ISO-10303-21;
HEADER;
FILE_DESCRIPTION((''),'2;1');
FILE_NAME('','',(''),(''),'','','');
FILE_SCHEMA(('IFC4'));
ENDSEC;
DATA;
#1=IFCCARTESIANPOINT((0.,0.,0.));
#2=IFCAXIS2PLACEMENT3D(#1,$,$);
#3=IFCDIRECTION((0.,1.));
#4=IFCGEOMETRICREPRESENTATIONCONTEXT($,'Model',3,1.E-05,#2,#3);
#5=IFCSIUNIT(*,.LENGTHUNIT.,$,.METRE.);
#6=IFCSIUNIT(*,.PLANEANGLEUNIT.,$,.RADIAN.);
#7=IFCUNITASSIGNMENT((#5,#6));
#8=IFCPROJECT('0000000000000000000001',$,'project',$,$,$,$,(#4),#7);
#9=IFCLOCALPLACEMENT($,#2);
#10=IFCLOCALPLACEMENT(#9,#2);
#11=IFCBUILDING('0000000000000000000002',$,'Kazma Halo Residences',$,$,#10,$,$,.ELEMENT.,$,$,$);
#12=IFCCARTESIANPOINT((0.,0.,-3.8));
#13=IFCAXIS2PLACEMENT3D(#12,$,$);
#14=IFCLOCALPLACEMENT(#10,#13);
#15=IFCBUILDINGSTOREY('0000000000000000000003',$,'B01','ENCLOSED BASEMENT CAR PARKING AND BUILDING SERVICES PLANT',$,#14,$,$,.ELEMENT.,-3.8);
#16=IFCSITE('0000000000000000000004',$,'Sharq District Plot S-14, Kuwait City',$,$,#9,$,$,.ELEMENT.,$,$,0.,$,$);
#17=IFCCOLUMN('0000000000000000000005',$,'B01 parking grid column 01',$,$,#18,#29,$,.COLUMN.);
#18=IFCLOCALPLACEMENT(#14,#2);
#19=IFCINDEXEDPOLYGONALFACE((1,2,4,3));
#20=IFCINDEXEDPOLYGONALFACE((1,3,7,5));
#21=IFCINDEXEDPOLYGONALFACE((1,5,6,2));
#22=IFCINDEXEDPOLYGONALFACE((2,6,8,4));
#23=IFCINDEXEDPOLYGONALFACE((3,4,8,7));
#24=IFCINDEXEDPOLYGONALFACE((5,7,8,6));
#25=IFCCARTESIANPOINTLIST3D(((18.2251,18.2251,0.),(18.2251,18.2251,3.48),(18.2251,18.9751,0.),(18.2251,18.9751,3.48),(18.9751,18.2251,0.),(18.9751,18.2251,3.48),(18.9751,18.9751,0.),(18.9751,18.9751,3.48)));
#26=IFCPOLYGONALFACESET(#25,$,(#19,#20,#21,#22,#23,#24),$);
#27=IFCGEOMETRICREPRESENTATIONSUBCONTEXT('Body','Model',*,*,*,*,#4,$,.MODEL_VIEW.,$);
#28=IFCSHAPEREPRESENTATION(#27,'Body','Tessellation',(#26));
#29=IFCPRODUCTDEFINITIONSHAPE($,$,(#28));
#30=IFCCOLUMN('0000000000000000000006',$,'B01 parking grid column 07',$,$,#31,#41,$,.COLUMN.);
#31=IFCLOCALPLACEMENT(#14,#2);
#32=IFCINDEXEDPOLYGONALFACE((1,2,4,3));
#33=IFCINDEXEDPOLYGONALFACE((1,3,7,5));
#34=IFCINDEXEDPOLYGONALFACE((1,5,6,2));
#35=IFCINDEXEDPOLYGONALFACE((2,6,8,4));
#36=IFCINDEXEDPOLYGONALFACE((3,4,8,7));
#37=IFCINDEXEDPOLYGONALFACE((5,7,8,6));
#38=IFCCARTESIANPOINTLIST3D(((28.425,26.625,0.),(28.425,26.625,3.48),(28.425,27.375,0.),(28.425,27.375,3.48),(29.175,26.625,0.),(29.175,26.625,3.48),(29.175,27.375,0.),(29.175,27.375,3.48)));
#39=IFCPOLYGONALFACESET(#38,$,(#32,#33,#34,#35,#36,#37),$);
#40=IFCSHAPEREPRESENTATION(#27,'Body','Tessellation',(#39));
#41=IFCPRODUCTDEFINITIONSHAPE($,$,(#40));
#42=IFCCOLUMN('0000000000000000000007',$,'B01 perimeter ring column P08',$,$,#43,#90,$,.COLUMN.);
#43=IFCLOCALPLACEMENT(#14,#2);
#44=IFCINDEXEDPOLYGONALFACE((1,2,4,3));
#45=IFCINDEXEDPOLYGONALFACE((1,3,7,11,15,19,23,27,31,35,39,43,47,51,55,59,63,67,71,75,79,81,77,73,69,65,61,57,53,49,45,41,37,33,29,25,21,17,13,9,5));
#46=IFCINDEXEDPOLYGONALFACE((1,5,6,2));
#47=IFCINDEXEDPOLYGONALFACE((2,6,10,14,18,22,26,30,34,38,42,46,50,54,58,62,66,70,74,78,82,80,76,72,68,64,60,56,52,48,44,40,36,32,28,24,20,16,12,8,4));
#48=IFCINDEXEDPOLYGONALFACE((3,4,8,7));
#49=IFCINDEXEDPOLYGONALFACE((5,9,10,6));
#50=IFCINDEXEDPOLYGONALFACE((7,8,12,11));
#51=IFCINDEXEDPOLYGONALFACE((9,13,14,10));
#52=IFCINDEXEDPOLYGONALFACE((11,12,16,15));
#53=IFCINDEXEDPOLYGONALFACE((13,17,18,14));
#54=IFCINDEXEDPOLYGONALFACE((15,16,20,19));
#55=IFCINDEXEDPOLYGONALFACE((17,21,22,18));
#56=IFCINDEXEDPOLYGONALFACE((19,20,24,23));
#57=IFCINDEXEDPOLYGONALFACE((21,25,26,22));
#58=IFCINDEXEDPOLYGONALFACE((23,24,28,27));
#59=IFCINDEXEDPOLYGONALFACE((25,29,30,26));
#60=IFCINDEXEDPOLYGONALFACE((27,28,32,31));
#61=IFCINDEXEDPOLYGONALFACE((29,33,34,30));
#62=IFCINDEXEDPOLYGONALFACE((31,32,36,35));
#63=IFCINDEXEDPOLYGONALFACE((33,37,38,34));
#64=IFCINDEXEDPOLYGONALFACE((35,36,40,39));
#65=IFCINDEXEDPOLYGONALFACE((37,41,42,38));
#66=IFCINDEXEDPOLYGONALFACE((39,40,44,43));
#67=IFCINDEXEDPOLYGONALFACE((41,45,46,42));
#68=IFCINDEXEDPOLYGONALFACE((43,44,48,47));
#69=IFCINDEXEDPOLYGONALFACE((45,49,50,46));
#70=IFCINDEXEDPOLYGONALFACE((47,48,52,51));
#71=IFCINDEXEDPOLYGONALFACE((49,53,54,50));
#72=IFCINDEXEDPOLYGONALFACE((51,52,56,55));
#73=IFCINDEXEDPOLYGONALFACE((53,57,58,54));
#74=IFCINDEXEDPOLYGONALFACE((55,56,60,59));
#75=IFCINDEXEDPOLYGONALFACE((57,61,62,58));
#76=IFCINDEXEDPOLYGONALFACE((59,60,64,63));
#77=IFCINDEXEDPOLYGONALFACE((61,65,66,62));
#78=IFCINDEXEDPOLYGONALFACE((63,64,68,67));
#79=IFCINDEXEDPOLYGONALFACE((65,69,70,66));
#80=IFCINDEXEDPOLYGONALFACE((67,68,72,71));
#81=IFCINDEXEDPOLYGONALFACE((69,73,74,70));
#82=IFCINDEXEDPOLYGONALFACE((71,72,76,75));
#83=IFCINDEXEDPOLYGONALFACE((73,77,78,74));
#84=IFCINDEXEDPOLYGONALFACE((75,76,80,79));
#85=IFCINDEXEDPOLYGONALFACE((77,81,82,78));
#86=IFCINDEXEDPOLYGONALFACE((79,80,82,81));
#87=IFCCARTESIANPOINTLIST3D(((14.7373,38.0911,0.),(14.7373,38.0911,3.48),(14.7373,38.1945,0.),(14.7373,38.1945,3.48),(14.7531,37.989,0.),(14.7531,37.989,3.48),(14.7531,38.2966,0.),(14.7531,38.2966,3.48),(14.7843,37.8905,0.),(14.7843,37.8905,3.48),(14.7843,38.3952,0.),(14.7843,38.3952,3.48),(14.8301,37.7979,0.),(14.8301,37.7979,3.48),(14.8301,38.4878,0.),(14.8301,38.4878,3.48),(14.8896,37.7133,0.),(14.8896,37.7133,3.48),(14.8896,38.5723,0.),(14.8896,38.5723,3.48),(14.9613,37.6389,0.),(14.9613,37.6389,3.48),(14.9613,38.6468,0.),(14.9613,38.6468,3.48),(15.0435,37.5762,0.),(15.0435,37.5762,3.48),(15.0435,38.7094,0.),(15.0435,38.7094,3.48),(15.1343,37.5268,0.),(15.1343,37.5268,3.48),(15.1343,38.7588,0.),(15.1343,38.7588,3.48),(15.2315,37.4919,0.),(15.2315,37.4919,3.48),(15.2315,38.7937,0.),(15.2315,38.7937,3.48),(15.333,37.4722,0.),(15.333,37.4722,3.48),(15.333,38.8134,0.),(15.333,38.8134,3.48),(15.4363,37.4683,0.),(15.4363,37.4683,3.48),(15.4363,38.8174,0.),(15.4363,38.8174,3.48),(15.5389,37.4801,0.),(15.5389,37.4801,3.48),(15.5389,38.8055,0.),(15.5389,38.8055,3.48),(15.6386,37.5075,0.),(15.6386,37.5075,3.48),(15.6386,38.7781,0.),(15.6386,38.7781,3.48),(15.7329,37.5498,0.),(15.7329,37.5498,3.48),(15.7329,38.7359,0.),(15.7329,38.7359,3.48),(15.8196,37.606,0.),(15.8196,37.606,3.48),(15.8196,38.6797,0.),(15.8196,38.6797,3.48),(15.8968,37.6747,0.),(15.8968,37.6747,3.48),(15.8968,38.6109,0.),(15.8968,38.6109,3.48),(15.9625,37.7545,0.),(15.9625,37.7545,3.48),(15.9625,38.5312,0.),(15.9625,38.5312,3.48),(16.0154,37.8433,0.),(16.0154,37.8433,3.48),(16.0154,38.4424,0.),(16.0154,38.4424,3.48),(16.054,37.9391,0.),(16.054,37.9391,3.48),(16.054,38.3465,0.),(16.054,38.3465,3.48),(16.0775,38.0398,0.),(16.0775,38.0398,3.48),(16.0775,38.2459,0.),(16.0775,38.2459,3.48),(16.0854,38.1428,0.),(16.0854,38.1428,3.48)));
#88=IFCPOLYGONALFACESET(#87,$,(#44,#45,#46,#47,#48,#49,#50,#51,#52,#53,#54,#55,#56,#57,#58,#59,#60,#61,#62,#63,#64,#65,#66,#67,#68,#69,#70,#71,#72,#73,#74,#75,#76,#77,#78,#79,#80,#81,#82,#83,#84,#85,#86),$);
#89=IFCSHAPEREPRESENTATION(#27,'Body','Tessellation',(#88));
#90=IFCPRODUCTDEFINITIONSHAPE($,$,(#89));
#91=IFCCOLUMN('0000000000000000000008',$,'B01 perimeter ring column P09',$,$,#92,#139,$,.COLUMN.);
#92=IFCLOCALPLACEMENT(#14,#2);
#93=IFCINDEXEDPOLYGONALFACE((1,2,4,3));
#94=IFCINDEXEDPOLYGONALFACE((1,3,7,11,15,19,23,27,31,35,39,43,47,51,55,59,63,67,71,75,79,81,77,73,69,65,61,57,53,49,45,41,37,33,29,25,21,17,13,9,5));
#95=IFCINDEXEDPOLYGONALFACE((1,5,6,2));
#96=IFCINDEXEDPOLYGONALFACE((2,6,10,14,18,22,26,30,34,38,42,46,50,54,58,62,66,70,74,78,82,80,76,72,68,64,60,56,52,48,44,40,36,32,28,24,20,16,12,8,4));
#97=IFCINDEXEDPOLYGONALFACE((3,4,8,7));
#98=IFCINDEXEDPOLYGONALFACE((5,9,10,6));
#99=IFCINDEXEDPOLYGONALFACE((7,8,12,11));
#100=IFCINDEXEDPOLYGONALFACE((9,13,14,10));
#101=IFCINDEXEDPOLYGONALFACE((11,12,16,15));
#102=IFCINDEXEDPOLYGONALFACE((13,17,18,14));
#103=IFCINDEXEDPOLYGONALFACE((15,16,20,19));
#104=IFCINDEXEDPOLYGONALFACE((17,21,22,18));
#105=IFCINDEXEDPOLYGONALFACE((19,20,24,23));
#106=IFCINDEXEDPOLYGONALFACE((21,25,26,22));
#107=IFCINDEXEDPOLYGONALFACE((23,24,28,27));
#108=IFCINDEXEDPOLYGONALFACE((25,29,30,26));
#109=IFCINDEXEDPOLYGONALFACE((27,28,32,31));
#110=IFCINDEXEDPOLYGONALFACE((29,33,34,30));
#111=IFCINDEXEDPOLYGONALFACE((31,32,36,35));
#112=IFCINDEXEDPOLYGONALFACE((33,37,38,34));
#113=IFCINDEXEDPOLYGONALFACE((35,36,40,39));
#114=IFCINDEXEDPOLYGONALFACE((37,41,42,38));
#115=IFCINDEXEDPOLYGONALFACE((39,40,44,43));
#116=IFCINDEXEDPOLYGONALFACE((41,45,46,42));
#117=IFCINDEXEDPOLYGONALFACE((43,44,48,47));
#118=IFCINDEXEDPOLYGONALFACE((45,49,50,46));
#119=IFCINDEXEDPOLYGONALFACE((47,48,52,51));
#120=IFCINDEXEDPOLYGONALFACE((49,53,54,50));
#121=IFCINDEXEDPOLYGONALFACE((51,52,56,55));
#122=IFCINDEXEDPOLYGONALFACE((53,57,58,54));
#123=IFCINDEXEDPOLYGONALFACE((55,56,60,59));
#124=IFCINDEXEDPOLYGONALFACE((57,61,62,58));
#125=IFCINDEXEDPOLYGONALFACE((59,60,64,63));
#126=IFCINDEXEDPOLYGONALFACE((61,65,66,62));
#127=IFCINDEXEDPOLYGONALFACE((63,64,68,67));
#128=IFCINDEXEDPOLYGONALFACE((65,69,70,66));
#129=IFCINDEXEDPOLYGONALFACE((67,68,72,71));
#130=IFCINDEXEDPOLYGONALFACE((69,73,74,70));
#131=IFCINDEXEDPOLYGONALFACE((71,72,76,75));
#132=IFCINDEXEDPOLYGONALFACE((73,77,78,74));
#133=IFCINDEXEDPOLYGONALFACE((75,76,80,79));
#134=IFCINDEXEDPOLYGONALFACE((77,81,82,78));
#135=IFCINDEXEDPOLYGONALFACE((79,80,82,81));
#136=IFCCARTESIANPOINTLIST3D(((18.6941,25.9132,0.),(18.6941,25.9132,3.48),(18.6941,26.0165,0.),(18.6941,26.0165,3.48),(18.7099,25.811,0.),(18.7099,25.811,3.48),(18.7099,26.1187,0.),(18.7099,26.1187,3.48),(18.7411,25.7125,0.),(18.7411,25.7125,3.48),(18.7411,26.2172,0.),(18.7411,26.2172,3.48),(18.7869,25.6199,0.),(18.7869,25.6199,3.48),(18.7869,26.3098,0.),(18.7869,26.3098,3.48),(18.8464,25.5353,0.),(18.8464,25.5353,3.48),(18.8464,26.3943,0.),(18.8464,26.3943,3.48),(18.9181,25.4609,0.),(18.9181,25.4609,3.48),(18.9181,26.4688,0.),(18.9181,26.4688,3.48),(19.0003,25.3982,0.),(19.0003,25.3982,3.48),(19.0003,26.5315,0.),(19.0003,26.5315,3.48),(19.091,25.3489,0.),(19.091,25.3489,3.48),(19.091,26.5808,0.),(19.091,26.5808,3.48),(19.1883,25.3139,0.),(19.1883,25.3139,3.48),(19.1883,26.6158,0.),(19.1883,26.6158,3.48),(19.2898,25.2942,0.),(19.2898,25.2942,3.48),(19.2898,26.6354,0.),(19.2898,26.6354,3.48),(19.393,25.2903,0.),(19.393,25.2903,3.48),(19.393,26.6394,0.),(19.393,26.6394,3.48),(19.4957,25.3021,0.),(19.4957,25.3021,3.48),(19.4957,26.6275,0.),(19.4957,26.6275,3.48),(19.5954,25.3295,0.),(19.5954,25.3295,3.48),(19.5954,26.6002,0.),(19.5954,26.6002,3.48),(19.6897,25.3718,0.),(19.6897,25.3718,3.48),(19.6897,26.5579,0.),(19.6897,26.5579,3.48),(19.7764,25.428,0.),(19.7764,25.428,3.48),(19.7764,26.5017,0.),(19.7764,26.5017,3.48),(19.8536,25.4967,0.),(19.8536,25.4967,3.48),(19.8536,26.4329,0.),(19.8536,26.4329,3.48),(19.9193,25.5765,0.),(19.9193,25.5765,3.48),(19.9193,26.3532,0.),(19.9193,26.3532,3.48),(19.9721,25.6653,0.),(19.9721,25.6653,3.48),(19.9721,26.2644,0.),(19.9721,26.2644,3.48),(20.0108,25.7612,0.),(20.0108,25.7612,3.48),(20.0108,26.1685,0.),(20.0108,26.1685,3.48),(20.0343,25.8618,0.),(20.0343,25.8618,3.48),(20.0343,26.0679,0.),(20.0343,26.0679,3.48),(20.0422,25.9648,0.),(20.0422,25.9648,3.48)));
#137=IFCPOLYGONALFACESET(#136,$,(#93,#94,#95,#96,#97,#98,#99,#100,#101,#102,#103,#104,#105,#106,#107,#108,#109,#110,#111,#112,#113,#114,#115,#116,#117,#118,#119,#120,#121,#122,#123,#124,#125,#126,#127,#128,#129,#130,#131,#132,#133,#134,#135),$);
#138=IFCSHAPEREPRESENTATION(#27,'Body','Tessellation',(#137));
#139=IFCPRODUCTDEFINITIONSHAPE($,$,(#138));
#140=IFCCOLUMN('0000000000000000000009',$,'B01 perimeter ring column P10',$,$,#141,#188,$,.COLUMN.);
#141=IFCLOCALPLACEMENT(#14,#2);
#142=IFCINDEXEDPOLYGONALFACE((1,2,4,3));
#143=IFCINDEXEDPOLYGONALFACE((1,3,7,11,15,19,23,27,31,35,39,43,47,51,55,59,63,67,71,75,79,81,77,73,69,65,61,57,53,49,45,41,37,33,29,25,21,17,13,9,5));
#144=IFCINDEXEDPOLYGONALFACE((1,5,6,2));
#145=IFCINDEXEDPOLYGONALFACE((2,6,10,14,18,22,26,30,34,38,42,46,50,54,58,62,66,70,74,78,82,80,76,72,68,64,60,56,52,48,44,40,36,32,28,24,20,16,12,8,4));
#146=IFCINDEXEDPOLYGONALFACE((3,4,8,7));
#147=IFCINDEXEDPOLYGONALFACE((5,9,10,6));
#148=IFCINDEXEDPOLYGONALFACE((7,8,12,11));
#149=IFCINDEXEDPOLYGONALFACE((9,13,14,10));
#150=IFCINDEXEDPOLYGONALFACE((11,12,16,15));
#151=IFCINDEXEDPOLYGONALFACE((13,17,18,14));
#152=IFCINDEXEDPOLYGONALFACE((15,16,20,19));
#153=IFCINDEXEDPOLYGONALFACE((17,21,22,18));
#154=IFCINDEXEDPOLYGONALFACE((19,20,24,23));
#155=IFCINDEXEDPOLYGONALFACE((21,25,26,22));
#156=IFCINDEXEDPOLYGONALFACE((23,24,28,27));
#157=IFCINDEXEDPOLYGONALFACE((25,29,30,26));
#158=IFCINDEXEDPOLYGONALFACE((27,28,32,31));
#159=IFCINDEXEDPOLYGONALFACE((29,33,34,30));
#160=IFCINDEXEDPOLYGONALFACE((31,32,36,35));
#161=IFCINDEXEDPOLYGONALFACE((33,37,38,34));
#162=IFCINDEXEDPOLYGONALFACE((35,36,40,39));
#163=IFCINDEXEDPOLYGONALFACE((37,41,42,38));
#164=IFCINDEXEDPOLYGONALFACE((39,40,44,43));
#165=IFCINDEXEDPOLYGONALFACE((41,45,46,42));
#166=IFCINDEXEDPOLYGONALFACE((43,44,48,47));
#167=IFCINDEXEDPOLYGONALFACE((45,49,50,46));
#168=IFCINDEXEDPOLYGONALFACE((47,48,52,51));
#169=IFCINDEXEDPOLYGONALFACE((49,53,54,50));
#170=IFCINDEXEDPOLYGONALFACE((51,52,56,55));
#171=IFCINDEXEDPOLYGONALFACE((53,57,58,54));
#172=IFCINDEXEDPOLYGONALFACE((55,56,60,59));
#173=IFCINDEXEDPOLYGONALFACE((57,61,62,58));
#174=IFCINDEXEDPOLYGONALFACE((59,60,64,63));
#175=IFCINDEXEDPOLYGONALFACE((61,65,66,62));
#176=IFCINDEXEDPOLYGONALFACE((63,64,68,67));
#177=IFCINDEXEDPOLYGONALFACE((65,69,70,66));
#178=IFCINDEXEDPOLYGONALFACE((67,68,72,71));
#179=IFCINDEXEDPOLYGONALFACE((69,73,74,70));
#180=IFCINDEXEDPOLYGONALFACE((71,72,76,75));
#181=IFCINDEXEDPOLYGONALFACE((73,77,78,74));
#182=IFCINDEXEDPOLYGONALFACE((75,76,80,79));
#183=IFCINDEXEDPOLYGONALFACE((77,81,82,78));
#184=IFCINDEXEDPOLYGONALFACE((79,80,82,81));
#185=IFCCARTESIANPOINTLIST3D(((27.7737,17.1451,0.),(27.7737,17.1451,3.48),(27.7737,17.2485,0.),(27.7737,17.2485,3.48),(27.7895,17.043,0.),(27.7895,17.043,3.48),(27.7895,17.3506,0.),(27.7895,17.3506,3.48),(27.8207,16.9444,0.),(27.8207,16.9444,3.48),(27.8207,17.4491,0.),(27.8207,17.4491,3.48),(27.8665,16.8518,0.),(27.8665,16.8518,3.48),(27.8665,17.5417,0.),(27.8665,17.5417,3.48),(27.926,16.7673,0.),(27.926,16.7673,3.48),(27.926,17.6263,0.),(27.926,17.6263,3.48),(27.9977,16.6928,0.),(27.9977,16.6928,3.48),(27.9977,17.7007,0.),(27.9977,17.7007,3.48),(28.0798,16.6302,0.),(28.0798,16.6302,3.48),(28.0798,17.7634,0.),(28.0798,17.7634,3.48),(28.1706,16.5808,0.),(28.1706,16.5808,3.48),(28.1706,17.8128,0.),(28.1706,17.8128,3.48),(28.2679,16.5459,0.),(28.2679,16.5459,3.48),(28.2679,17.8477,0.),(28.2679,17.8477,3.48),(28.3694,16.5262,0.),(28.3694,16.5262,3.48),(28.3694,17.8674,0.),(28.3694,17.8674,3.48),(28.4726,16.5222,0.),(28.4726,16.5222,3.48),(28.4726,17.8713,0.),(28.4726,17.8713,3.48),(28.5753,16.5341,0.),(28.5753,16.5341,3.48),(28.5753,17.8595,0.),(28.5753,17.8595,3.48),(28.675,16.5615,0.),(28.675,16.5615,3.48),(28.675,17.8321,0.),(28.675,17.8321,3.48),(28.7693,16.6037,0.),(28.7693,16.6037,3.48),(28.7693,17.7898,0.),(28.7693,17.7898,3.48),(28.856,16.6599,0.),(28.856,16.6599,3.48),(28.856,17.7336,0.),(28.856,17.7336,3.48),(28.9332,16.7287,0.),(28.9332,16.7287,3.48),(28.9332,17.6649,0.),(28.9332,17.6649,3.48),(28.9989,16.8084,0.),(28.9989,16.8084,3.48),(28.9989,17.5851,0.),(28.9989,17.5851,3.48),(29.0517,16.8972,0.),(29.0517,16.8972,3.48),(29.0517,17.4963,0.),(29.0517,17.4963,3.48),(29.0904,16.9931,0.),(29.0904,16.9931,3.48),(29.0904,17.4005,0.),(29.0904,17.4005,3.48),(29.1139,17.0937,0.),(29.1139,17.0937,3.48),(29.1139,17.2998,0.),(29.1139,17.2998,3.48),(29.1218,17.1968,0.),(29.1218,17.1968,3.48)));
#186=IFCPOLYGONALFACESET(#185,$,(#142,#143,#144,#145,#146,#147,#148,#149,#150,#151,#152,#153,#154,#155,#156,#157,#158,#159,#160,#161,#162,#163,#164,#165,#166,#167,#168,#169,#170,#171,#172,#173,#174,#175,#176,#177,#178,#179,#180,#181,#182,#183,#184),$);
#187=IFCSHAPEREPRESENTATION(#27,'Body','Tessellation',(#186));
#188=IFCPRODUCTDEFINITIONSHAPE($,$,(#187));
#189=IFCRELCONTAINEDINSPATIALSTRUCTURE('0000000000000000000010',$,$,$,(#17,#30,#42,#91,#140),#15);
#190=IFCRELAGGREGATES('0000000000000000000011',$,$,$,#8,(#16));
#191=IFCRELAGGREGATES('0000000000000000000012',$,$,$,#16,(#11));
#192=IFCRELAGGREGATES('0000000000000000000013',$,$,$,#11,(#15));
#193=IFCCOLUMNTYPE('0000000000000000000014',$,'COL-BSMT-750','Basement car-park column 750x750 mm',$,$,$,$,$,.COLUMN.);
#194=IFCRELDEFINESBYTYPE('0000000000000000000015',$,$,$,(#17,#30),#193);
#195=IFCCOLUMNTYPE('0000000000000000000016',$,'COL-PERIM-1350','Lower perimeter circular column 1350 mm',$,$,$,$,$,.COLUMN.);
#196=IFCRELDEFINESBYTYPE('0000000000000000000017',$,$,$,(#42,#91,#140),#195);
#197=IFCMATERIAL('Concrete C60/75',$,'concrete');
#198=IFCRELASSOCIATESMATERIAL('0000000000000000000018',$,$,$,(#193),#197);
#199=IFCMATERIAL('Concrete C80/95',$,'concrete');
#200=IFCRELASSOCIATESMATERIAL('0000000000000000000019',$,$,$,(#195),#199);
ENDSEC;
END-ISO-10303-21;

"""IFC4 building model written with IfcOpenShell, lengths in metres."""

from ifc_helpers import new_model, si_unit, direction, frame, origin, origin_2d, place, context, subcontext, project, spatial, rectangle, circle, extrude, material, material_profile, profile_set, type_object, element, save


model = new_model("IFC4")

# Units and contexts
model_context = context("Model", 3, precision=1e-05, world=origin(), true_north=direction((0.0, 1.0)))
body_context = subcontext(model_context, "Body", "Model", "MODEL_VIEW")
ifc_project = project(units=[si_unit("LENGTHUNIT", "METRE"), si_unit("PLANEANGLEUNIT", "RADIAN")], contexts=[model_context])

# Site, building, storey
site_placement = place(None, origin())
site = spatial("IfcSite", under=ifc_project, at=site_placement, Name="Sharq District Plot S-14, Kuwait City", CompositionType="ELEMENT", RefElevation=0.0)
building_placement = place(site_placement, origin())
building = spatial("IfcBuilding", under=site, at=building_placement, Name="Kazma Halo Residences", CompositionType="ELEMENT")
storey_placement = place(building_placement, frame((0.0, 0.0, -3.8)))
storey = spatial("IfcBuildingStorey", under=building, at=storey_placement, Name="B01", Description="ENCLOSED BASEMENT CAR PARKING AND BUILDING SERVICES PLANT", CompositionType="ELEMENT", Elevation=-3.8)

# Columns
ifc_material_1 = material(Name="Concrete C60/75", Category="concrete")
ifc_material_profile_1 = material_profile(ifc_material_1, rectangle(XDim=0.75, YDim=0.75, at=origin_2d()), Name="RECT750x750")
ifc_profile_set_1 = profile_set([ifc_material_profile_1], Name="Concrete C60/75")
column_type_1 = type_object("IfcColumnType", Name="COL-BSMT-750", Description="Basement car-park column 750x750 mm", PredefinedType="COLUMN", material=ifc_profile_set_1)
for number, where, z_axis, x_axis, name in (
    (1, (18.6001, 18.6001, 0.0), (0.0, 0.0, 1.0), (1.0, 0.0, 0.0), "B01 parking grid column 01"),
    (2, (28.8, 27.0, 0.0), (0.0, 0.0, 1.0), (1.0, 0.0, 0.0), "B01 parking grid column 07"),
):
    element("IfcColumn", number, at=place(storey_placement, frame(where, z_axis=z_axis, x_axis=x_axis)), inside=storey, type_object=column_type_1, Name=name, PredefinedType="COLUMN", context=body_context, shape_type="SweptSolid", body=[
        extrude(rectangle(XDim=0.75, YDim=0.75, at=origin_2d()), origin(), (0.0, 0.0, 1.0), 3.48),
    ])
ifc_material_2 = material(Name="Concrete C80/95", Category="concrete")
ifc_material_profile_2 = material_profile(ifc_material_2, circle(Radius=0.675, at=origin_2d()), Name="CIRC1350")
ifc_profile_set_2 = profile_set([ifc_material_profile_2], Name="Concrete C80/95")
column_type_2 = type_object("IfcColumnType", Name="COL-PERIM-1350", Description="Lower perimeter circular column 1350 mm", PredefinedType="COLUMN", material=ifc_profile_set_2)
for number, where, z_axis, x_axis, name in (
    (3, (15.4104, 38.1428, 0.0), (0.0, 0.0, 1.0), (1.0, 0.0, 0.0), "B01 perimeter ring column P08"),
    (4, (19.3672, 25.9648, 0.0), (0.0, 0.0, 1.0), (1.0, 0.0, 0.0), "B01 perimeter ring column P09"),
    (5, (28.4468, 17.1968, 0.0), (0.0, 0.0, 1.0), (1.0, 0.0, 0.0), "B01 perimeter ring column P10"),
):
    element("IfcColumn", number, at=place(storey_placement, frame(where, z_axis=z_axis, x_axis=x_axis)), inside=storey, type_object=column_type_2, Name=name, PredefinedType="COLUMN", context=body_context, shape_type="SweptSolid", body=[
        extrude(circle(Radius=0.675, at=origin_2d()), origin(), (0.0, 0.0, 1.0), 3.48),
    ])

save(model, "model.ifc")
